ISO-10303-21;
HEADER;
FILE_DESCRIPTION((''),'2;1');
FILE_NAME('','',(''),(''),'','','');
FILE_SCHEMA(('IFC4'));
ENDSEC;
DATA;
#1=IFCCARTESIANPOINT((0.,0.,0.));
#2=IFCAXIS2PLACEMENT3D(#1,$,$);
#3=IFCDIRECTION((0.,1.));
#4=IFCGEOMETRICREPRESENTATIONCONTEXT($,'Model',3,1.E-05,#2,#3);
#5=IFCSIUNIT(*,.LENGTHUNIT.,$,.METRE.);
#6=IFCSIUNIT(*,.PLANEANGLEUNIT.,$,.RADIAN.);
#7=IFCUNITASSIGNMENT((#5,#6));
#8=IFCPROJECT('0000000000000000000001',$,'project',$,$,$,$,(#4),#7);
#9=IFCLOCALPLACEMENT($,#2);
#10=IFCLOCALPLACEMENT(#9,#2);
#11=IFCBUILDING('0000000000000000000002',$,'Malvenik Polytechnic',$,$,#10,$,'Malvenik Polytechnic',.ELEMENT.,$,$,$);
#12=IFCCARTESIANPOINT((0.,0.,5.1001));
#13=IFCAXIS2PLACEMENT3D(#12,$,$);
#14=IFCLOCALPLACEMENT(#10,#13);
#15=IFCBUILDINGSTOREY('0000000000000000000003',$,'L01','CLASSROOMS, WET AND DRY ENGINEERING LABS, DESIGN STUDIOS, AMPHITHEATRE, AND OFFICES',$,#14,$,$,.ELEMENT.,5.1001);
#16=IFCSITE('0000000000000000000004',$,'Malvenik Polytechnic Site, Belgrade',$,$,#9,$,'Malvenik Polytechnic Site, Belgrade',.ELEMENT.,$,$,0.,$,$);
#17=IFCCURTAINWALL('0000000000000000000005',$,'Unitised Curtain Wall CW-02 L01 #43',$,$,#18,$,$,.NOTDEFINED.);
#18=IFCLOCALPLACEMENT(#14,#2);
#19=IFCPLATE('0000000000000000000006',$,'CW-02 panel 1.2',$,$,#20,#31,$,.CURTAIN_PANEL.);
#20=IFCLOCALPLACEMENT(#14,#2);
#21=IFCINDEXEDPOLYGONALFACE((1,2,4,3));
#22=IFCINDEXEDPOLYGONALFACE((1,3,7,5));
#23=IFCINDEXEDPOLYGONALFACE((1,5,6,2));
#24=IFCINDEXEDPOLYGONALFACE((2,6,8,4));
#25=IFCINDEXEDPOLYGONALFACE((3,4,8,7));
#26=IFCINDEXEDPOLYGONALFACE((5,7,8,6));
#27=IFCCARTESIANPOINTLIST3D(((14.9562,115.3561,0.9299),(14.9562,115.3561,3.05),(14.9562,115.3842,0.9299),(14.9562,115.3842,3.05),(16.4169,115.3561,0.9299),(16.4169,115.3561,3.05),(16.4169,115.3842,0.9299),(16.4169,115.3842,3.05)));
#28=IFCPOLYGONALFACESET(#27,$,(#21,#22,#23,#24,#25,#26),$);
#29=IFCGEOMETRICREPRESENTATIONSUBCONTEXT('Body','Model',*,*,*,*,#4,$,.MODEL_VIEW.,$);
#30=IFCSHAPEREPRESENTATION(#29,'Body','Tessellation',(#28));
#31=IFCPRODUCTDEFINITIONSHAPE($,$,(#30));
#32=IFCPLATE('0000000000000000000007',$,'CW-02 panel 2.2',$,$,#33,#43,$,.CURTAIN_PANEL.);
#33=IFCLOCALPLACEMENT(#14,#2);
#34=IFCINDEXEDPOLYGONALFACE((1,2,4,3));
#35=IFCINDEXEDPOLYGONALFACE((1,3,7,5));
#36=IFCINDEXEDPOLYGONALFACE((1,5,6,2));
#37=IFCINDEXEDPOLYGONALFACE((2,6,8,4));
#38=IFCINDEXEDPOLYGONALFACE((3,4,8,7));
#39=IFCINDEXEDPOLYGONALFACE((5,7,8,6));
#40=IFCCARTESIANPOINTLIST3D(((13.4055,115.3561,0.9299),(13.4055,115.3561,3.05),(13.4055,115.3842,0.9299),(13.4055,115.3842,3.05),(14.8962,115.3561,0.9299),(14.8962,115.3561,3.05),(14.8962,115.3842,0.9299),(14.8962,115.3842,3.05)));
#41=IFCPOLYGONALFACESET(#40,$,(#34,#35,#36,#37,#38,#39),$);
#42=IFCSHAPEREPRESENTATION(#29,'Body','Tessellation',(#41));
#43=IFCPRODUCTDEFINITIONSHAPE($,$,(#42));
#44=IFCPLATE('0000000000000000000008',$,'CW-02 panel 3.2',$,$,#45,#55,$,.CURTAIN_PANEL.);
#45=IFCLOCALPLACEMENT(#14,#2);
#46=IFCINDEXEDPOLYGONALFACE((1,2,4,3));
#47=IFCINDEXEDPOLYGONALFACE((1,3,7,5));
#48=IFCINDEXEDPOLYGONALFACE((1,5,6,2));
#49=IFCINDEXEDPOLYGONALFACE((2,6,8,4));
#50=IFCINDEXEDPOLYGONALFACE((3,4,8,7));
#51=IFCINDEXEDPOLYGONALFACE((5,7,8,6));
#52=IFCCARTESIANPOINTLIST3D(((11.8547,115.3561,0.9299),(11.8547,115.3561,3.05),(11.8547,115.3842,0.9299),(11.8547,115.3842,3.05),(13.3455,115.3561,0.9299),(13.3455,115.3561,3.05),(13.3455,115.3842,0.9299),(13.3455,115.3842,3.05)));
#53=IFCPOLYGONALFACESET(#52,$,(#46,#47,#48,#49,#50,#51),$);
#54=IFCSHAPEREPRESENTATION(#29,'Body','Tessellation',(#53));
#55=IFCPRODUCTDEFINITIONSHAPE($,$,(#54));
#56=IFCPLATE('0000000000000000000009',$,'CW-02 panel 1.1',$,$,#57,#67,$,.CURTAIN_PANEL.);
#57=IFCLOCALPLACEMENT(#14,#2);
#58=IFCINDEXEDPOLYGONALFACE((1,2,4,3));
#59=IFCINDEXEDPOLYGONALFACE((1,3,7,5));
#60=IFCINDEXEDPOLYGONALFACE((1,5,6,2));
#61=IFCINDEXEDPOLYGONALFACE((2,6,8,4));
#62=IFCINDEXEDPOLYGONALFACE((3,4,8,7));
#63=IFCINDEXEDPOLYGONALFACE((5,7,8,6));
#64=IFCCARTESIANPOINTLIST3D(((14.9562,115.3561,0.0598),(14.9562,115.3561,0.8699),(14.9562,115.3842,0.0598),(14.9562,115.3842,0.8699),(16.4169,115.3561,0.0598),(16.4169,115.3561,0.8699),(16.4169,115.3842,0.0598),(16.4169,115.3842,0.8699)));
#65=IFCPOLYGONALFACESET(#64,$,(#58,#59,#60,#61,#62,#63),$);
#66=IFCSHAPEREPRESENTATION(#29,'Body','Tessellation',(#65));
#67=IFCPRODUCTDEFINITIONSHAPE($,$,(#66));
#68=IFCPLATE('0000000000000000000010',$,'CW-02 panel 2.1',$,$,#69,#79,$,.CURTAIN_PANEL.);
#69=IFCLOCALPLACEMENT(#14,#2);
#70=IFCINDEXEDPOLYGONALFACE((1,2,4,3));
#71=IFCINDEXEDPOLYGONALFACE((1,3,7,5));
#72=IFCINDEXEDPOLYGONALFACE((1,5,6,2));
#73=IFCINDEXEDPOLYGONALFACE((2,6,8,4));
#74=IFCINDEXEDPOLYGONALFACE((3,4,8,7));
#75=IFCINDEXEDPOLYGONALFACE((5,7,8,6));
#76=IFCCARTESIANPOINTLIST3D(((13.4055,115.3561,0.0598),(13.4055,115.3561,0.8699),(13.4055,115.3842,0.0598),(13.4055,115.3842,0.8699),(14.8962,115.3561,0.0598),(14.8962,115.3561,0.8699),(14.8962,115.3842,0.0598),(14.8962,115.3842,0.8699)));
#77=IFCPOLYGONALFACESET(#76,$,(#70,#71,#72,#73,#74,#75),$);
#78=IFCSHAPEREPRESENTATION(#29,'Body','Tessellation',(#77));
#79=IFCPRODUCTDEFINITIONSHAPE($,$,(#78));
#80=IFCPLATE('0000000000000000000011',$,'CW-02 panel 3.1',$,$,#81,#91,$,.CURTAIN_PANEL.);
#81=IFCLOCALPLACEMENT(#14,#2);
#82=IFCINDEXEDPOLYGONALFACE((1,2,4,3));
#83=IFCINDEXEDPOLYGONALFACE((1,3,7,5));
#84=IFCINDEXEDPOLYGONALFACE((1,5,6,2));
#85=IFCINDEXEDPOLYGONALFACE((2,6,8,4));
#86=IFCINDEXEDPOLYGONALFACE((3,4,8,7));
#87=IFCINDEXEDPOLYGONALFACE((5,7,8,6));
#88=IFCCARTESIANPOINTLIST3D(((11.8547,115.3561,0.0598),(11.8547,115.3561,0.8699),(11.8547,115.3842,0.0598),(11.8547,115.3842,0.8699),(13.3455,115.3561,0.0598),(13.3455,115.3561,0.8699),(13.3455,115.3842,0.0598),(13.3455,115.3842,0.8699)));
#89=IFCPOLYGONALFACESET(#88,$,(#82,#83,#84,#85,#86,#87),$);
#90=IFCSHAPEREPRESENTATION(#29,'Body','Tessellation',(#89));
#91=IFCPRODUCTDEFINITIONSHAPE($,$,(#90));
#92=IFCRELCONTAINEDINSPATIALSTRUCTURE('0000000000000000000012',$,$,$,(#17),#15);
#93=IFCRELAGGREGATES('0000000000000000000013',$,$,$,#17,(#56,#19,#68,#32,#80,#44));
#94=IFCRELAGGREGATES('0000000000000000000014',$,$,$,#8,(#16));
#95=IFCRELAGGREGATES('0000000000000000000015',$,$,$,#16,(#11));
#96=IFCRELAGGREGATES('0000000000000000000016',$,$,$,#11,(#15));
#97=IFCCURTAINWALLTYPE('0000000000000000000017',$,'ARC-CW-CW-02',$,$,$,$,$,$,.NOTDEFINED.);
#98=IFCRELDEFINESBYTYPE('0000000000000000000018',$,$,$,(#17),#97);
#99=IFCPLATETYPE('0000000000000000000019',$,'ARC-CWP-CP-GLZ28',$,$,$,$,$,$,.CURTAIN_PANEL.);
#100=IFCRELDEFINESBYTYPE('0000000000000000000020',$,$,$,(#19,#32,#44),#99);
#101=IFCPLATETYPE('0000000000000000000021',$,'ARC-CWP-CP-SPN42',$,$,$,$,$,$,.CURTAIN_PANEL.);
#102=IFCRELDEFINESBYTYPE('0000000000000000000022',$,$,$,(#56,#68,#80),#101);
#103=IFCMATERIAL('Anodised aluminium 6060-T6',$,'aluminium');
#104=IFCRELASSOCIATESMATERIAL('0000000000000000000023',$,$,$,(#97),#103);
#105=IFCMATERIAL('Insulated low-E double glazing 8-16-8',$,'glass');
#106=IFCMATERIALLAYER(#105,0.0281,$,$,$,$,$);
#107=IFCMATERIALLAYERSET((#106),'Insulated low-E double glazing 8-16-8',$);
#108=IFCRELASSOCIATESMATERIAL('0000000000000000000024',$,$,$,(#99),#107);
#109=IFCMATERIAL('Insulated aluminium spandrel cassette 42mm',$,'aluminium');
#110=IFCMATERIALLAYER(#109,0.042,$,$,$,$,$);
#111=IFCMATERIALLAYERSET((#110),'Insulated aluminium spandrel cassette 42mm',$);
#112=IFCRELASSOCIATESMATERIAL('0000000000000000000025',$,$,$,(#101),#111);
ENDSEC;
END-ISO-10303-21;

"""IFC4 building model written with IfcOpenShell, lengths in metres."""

from ifc_helpers import new_model, si_unit, direction, frame, origin, origin_2d, place, context, subcontext, project, spatial, rectangle, extrude, material, layer, layer_set, type_object, element, aggregate, save


model = new_model("IFC4")

# Units and contexts
model_context = context("Model", 3, precision=1e-05, world=origin(), true_north=direction((0.0, 1.0)))
body_context = subcontext(model_context, "Body", "Model", "MODEL_VIEW")
ifc_project = project(units=[si_unit("LENGTHUNIT", "METRE"), si_unit("PLANEANGLEUNIT", "RADIAN")], contexts=[model_context])

# Site, building, storey
site_placement = place(None, origin())
site = spatial("IfcSite", under=ifc_project, at=site_placement, Name="Malvenik Polytechnic Site, Belgrade", LongName="Malvenik Polytechnic Site, Belgrade", CompositionType="ELEMENT", RefElevation=0.0)
building_placement = place(site_placement, origin())
building = spatial("IfcBuilding", under=site, at=building_placement, Name="Malvenik Polytechnic", LongName="Malvenik Polytechnic", CompositionType="ELEMENT")
storey_placement = place(building_placement, frame((0.0, 0.0, 5.1001)))
storey = spatial("IfcBuildingStorey", under=building, at=storey_placement, Name="L01", Description="CLASSROOMS, WET AND DRY ENGINEERING LABS, DESIGN STUDIOS, AMPHITHEATRE, AND OFFICES", CompositionType="ELEMENT", Elevation=5.1001)

# Curtain wall, plates
ifc_material_1 = material(Name="Anodised aluminium 6060-T6", Category="aluminium")
curtain_wall_type = type_object("IfcCurtainWallType", Name="ARC-CW-CW-02", PredefinedType="NOTDEFINED", material=ifc_material_1)
curtain_wall_placement = place(storey_placement, origin())
curtain_wall = element("IfcCurtainWall", 1, at=curtain_wall_placement, inside=storey, type_object=curtain_wall_type, Name="Unitised Curtain Wall CW-02 L01 #43", PredefinedType="NOTDEFINED")
ifc_material_2 = material(Name="Insulated low-E double glazing 8-16-8", Category="glass")
ifc_layer_1 = layer(ifc_material_2, 0.0281)
ifc_layer_set_1 = layer_set([ifc_layer_1], Name="Insulated low-E double glazing 8-16-8")
plate_type_1 = type_object("IfcPlateType", Name="ARC-CWP-CP-GLZ28", PredefinedType="CURTAIN_PANEL", material=ifc_layer_set_1)
plate_1_placement = place(storey_placement, frame((15.6865, 115.3701, 0.9299), z_axis=(0.0, 0.0, 1.0), x_axis=(-1.0, 0.0, 0.0)))
plate_1 = element("IfcPlate", 2, at=plate_1_placement, type_object=plate_type_1, Name="CW-02 panel 1.2", PredefinedType="CURTAIN_PANEL", context=body_context, shape_type="SweptSolid", body=[
    extrude(rectangle(XDim=1.4607, YDim=0.0281, at=origin_2d()), origin(), (0.0, 0.0, 1.0), 2.1201),
])
plate_2_placement = place(storey_placement, frame((14.1509, 115.3701, 0.9299), z_axis=(0.0, 0.0, 1.0), x_axis=(-1.0, 0.0, 0.0)))
plate_2 = element("IfcPlate", 3, at=plate_2_placement, type_object=plate_type_1, Name="CW-02 panel 2.2", PredefinedType="CURTAIN_PANEL", context=body_context, shape_type="SweptSolid", body=[
    extrude(rectangle(XDim=1.4907, YDim=0.0281, at=origin_2d()), origin(), (0.0, 0.0, 1.0), 2.1201),
])
plate_3_placement = place(storey_placement, frame((12.6001, 115.3701, 0.9299), z_axis=(0.0, 0.0, 1.0), x_axis=(-1.0, 0.0, 0.0)))
plate_3 = element("IfcPlate", 4, at=plate_3_placement, type_object=plate_type_1, Name="CW-02 panel 3.2", PredefinedType="CURTAIN_PANEL", context=body_context, shape_type="SweptSolid", body=[
    extrude(rectangle(XDim=1.4907, YDim=0.0281, at=origin_2d()), origin(), (0.0, 0.0, 1.0), 2.1201),
])
ifc_material_3 = material(Name="Insulated aluminium spandrel cassette 42mm", Category="aluminium")
ifc_layer_2 = layer(ifc_material_3, 0.042)
ifc_layer_set_2 = layer_set([ifc_layer_2], Name="Insulated aluminium spandrel cassette 42mm")
plate_type_2 = type_object("IfcPlateType", Name="ARC-CWP-CP-SPN42", PredefinedType="CURTAIN_PANEL", material=ifc_layer_set_2)
plate_4_placement = place(storey_placement, frame((15.6865, 115.3701, 0.0598), z_axis=(0.0, 0.0, 1.0), x_axis=(-1.0, 0.0, 0.0)))
plate_4 = element("IfcPlate", 5, at=plate_4_placement, type_object=plate_type_2, Name="CW-02 panel 1.1", PredefinedType="CURTAIN_PANEL", context=body_context, shape_type="SweptSolid", body=[
    extrude(rectangle(XDim=1.4607, YDim=0.0281, at=origin_2d()), origin(), (0.0, 0.0, 1.0), 0.8101),
])
plate_5_placement = place(storey_placement, frame((14.1509, 115.3701, 0.0598), z_axis=(0.0, 0.0, 1.0), x_axis=(-1.0, 0.0, 0.0)))
plate_5 = element("IfcPlate", 6, at=plate_5_placement, type_object=plate_type_2, Name="CW-02 panel 2.1", PredefinedType="CURTAIN_PANEL", context=body_context, shape_type="SweptSolid", body=[
    extrude(rectangle(XDim=1.4907, YDim=0.0281, at=origin_2d()), origin(), (0.0, 0.0, 1.0), 0.8101),
])
plate_6_placement = place(storey_placement, frame((12.6001, 115.3701, 0.0598), z_axis=(0.0, 0.0, 1.0), x_axis=(-1.0, 0.0, 0.0)))
plate_6 = element("IfcPlate", 7, at=plate_6_placement, type_object=plate_type_2, Name="CW-02 panel 3.1", PredefinedType="CURTAIN_PANEL", context=body_context, shape_type="SweptSolid", body=[
    extrude(rectangle(XDim=1.4907, YDim=0.0281, at=origin_2d()), origin(), (0.0, 0.0, 1.0), 0.8101),
])
aggregate(curtain_wall, [plate_4, plate_1, plate_5, plate_2, plate_6, plate_3])

save(model, "model.ifc")
